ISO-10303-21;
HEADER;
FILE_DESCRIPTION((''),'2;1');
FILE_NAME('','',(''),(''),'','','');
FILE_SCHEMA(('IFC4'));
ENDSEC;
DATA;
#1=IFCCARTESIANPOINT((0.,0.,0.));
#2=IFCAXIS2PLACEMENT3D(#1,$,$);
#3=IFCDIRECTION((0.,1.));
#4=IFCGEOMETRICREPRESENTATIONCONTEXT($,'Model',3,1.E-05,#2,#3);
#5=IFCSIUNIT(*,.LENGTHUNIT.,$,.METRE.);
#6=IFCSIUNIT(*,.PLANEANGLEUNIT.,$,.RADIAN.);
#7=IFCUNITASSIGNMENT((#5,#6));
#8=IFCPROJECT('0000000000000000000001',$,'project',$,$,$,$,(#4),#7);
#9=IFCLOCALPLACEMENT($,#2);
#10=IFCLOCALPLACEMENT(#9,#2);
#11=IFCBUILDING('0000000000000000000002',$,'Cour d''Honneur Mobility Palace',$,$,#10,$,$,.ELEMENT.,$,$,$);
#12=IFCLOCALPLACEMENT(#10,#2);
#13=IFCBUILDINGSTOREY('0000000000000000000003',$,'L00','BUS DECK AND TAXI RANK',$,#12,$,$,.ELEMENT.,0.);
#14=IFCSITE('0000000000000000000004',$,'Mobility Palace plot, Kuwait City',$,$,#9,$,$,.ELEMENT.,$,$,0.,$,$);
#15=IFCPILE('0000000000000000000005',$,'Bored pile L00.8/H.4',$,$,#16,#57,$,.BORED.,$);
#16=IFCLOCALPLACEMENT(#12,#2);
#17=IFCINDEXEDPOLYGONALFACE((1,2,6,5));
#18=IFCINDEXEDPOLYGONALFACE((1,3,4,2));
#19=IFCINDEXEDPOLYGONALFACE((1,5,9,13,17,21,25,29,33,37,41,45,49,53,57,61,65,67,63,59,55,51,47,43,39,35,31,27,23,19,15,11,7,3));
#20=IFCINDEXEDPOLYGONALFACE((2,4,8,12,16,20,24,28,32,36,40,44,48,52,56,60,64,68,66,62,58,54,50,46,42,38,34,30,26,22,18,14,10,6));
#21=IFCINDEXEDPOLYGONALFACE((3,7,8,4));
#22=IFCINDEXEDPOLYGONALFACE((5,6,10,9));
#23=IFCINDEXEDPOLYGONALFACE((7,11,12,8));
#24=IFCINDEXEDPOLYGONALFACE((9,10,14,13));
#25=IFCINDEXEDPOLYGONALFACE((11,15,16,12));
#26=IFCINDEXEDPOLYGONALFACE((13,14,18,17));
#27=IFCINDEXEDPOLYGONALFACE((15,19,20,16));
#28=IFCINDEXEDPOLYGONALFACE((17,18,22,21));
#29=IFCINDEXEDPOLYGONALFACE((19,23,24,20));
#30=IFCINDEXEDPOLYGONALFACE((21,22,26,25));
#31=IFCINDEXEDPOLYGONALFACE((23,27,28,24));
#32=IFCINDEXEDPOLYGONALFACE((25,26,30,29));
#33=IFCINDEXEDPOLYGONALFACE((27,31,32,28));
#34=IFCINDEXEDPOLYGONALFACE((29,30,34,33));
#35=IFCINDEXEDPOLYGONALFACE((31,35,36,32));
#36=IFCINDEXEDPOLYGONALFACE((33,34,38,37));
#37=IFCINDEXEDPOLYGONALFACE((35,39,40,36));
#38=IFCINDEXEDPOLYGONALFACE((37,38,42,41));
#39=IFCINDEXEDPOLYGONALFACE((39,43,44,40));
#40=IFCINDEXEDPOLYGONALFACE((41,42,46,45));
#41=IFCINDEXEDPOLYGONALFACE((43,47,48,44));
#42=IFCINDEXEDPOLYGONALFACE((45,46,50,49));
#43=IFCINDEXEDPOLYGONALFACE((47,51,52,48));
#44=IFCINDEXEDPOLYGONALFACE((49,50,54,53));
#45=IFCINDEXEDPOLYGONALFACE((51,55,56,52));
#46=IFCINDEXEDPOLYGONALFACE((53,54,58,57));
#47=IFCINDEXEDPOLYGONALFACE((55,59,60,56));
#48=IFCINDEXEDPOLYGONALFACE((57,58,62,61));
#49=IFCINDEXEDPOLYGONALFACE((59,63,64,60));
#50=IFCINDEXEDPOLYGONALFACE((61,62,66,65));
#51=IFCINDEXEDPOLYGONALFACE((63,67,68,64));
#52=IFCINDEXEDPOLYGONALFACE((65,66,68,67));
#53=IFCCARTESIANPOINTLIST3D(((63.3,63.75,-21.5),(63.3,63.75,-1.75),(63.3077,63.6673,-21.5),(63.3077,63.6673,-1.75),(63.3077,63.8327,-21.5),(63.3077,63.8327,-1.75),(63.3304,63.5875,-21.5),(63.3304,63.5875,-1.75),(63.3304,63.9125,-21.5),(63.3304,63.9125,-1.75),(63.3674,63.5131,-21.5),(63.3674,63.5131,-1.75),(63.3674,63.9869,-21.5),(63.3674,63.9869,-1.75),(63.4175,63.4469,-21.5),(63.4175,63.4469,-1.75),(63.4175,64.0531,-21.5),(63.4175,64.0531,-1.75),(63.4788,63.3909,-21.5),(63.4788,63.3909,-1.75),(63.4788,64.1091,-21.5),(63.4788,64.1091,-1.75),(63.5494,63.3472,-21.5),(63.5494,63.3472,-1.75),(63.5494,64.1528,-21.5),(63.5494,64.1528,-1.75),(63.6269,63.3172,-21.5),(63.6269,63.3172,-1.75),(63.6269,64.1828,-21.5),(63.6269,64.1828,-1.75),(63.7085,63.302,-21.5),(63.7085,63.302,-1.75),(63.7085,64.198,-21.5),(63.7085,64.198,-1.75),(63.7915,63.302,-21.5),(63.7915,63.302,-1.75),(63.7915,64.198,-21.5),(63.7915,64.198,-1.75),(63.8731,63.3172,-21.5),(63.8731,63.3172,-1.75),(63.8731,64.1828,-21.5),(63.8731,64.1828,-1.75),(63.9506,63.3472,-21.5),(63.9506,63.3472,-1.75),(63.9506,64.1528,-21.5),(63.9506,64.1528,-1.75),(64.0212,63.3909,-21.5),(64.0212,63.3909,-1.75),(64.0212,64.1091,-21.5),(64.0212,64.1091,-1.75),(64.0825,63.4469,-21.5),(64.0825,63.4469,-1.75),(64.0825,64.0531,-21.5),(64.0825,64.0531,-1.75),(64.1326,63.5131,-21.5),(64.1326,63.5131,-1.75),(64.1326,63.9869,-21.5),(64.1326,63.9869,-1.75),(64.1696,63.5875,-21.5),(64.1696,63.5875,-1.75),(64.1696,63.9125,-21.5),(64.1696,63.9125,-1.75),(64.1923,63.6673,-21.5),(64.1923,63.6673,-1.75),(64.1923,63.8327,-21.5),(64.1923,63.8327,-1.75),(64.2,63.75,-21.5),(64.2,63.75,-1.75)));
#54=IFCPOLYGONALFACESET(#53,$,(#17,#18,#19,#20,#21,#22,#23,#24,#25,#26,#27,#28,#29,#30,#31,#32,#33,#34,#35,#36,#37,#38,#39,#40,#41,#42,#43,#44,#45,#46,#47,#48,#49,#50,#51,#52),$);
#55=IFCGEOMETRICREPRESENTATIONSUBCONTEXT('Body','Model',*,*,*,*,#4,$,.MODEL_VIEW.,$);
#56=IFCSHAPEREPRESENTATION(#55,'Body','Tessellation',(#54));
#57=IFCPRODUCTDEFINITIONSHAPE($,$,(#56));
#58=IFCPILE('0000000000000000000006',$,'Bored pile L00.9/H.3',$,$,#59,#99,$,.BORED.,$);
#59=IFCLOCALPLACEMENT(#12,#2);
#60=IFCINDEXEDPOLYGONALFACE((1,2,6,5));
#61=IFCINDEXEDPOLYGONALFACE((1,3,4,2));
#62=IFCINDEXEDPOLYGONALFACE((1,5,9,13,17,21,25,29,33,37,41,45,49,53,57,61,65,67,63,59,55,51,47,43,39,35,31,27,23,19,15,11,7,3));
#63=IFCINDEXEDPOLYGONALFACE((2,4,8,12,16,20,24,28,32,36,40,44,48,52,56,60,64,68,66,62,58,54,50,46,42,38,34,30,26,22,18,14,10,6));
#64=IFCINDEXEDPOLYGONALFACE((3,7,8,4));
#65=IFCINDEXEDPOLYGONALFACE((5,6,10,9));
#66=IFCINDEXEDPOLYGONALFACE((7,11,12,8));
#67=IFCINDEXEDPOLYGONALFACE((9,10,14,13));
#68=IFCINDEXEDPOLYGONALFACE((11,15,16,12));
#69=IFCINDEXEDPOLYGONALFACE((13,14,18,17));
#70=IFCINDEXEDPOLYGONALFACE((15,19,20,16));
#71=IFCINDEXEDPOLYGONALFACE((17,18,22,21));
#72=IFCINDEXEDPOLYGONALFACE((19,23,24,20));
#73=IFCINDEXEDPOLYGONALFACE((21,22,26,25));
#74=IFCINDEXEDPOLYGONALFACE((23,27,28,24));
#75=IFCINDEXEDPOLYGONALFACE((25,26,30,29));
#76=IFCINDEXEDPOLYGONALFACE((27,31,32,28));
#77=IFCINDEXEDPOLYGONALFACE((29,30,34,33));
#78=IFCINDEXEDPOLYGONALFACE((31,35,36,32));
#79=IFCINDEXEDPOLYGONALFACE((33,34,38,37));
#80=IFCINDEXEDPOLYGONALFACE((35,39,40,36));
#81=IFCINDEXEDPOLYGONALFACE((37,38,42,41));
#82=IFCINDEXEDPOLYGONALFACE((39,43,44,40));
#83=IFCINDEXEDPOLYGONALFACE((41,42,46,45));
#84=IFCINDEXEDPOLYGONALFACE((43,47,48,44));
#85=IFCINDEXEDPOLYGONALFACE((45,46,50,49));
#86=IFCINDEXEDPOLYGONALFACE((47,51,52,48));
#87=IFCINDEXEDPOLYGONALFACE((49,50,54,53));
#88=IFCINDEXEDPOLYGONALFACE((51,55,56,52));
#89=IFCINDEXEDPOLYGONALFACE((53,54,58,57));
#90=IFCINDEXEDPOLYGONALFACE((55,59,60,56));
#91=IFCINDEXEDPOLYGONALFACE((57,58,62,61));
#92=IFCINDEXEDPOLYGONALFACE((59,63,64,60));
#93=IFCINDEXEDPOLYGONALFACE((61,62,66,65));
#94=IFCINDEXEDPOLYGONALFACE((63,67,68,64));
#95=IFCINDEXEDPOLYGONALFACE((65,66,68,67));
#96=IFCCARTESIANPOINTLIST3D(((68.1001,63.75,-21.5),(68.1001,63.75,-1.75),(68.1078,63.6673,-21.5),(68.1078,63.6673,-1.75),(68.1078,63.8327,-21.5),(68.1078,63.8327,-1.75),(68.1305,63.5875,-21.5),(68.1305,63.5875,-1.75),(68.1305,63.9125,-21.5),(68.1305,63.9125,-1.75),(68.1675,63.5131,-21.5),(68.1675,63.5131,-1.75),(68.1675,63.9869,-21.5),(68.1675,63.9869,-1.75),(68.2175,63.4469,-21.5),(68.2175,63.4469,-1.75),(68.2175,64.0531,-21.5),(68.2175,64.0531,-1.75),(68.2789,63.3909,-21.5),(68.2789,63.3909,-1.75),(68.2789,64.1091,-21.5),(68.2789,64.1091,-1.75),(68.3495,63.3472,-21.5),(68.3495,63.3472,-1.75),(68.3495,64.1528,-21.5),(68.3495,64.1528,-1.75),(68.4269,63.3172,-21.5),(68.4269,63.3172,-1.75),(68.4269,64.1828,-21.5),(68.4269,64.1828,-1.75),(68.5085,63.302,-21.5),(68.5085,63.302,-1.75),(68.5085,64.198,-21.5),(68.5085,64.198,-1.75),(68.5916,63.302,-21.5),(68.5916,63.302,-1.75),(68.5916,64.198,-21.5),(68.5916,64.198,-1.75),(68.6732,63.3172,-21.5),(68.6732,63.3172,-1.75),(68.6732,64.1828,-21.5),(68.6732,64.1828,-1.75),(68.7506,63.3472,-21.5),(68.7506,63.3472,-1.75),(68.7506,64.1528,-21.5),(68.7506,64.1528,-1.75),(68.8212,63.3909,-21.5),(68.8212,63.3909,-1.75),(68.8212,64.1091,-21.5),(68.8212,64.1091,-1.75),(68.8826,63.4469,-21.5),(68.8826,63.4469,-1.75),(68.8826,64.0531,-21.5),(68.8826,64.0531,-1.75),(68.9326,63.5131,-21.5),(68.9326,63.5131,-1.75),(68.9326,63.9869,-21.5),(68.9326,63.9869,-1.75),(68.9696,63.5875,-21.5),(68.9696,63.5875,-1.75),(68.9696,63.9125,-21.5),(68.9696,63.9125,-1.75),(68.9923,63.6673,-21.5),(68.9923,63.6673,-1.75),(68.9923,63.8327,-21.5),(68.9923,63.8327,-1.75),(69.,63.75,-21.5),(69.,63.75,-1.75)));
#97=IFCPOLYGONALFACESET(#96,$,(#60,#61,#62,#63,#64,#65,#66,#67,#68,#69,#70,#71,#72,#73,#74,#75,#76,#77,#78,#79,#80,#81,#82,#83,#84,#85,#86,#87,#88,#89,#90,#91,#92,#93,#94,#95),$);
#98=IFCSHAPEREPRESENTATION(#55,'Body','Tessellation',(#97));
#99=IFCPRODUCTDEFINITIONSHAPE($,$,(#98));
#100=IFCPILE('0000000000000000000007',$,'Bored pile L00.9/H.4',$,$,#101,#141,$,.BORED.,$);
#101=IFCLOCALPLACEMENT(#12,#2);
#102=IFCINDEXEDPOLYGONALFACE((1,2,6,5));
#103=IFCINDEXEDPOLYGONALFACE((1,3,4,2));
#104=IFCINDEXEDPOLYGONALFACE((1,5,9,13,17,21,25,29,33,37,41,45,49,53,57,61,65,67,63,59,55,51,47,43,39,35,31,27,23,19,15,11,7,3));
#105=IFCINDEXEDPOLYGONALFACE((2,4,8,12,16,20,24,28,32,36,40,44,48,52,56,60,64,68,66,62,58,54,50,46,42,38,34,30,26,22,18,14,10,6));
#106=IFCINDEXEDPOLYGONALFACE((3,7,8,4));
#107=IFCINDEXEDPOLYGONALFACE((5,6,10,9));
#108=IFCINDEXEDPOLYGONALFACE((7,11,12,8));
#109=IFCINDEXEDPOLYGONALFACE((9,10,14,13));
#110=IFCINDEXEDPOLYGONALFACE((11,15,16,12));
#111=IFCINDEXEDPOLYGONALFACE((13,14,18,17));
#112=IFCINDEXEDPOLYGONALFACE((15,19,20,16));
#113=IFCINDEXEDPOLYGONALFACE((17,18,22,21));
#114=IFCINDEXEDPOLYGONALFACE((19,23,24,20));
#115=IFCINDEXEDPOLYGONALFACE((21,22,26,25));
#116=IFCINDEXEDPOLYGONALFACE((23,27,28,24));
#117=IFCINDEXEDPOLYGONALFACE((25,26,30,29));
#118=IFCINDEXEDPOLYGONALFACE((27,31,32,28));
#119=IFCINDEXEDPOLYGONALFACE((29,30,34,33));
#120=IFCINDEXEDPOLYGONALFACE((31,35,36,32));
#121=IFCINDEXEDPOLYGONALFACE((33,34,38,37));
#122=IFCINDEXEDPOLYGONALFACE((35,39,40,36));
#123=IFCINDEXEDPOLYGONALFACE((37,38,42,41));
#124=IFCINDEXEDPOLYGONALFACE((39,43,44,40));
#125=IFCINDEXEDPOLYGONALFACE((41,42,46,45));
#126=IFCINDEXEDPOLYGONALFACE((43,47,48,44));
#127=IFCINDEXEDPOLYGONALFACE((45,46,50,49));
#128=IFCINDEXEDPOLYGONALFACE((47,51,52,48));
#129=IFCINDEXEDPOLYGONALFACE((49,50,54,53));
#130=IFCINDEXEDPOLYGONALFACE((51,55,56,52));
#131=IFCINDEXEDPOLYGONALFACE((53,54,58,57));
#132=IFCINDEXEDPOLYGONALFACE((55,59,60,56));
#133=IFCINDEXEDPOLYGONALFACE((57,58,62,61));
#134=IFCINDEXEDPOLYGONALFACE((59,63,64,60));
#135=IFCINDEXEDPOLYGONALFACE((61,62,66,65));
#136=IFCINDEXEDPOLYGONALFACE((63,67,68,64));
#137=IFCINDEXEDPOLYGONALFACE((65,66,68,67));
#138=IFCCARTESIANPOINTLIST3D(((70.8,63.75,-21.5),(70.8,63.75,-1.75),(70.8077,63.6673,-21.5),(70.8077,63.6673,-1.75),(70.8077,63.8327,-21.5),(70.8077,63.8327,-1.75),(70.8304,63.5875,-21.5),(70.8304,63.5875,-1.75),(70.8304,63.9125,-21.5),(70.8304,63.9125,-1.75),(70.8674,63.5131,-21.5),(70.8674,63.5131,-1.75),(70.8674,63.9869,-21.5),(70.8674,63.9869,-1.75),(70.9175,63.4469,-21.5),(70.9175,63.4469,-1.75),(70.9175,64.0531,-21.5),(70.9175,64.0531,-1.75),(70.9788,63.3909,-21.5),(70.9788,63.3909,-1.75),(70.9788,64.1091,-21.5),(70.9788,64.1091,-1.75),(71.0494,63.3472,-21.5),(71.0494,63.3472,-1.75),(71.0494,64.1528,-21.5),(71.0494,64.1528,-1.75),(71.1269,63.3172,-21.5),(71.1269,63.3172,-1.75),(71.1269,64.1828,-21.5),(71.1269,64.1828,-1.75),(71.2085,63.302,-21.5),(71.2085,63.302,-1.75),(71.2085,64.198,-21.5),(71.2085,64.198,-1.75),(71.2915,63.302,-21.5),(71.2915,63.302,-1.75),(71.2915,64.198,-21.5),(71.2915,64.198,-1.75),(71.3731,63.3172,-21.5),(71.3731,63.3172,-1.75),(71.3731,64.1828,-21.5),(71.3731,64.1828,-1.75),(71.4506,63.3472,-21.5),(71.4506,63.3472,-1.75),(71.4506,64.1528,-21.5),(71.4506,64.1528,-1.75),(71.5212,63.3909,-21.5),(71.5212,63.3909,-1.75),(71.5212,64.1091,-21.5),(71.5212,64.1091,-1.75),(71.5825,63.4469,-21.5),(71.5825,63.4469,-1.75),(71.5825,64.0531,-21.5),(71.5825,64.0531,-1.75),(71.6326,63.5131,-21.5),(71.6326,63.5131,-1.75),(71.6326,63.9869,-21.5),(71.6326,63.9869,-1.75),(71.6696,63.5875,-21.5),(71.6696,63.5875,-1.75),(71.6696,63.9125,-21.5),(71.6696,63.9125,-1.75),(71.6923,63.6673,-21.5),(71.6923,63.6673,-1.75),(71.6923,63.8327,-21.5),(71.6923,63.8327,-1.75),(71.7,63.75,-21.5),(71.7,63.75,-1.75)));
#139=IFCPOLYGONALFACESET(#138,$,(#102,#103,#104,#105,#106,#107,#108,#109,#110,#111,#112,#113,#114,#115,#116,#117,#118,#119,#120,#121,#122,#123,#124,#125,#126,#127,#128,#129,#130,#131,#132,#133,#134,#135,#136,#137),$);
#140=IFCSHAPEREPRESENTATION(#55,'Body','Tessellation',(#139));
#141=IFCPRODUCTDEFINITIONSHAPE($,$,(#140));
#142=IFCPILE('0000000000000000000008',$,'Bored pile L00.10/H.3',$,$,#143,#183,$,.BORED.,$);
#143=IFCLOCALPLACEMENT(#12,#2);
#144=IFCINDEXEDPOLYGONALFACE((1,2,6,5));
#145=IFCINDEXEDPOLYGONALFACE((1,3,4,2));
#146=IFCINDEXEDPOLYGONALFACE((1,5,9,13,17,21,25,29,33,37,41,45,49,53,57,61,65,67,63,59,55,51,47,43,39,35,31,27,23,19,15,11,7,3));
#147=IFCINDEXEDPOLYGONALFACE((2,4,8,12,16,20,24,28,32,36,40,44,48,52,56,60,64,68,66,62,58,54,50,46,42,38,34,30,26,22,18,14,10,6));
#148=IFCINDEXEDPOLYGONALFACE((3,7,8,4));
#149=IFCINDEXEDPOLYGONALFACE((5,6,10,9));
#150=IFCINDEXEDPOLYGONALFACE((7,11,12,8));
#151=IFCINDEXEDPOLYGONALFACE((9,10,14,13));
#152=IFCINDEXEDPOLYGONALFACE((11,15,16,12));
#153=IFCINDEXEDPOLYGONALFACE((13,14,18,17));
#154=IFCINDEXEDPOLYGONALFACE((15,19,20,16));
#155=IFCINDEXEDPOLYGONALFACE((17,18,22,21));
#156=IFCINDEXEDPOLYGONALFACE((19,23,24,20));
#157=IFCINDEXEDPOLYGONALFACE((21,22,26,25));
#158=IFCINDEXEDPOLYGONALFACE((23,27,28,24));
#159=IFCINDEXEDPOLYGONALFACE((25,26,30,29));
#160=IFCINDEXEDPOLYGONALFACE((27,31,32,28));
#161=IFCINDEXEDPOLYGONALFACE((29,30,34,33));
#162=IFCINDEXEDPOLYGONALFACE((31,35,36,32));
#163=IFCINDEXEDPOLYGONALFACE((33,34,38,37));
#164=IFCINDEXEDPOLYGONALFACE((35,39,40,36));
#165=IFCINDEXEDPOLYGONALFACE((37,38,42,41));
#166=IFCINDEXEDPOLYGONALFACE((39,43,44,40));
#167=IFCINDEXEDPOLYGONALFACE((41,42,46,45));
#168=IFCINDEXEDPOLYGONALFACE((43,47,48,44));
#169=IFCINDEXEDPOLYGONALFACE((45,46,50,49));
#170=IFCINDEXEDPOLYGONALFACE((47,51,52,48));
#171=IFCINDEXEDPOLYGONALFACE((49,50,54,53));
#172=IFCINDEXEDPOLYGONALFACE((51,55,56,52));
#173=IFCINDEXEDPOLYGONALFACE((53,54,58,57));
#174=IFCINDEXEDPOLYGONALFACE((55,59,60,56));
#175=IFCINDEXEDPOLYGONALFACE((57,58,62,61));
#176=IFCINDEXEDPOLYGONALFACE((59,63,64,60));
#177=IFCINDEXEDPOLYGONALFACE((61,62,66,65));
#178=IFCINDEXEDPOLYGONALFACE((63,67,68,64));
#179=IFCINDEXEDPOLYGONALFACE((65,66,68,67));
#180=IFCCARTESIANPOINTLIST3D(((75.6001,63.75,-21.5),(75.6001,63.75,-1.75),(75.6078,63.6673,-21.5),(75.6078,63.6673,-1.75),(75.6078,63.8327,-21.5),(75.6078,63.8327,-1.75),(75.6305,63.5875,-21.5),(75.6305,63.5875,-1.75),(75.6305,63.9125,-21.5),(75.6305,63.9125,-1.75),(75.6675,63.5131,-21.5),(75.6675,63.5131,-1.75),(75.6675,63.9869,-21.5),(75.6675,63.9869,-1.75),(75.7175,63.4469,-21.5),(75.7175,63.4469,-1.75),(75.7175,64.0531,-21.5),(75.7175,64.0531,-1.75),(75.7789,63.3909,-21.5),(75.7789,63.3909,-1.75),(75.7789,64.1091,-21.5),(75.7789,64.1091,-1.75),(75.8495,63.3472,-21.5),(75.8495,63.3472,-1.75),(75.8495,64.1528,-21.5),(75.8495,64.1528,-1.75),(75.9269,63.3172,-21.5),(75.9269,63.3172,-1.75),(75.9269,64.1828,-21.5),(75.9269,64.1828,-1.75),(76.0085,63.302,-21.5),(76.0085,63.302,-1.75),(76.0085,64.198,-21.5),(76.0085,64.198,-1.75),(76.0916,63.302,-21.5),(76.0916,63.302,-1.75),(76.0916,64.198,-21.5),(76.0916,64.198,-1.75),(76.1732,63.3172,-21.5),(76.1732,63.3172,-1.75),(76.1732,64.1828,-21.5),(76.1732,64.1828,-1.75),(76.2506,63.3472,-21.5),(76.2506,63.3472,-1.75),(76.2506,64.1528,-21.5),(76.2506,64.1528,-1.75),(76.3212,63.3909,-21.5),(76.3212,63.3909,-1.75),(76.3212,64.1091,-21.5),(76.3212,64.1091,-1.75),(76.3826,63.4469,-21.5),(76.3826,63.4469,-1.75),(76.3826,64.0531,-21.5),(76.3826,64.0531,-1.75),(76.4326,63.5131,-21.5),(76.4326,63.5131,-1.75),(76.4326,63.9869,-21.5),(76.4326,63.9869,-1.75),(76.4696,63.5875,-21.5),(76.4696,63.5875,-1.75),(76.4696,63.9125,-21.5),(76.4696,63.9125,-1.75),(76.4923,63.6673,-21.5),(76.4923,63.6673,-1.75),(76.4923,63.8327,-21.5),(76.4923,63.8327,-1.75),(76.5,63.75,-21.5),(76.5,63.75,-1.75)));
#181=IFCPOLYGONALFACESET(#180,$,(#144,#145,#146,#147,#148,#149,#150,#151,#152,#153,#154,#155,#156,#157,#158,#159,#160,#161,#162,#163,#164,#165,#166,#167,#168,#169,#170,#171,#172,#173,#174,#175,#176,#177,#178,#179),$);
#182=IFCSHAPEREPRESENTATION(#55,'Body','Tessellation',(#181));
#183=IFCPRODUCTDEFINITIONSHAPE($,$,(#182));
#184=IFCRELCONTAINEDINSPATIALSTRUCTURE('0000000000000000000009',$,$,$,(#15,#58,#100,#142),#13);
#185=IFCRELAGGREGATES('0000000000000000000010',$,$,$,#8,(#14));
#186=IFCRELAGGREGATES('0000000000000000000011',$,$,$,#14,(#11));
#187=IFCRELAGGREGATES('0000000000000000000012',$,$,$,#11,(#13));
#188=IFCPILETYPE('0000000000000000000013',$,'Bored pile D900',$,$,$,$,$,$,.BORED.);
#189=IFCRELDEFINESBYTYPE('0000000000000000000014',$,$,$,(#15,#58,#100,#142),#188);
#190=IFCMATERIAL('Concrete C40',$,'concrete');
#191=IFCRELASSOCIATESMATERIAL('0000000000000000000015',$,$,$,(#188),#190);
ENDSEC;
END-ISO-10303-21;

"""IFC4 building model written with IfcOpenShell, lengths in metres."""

from ifc_helpers import new_model, si_unit, direction, frame, origin, origin_2d, place, context, subcontext, project, spatial, circle, extrude, material, material_profile, profile_set, type_object, element, save


model = new_model("IFC4")

# Units and contexts
model_context = context("Model", 3, precision=1e-05, world=origin(), true_north=direction((0.0, 1.0)))
body_context = subcontext(model_context, "Body", "Model", "MODEL_VIEW")
ifc_project = project(units=[si_unit("LENGTHUNIT", "METRE"), si_unit("PLANEANGLEUNIT", "RADIAN")], contexts=[model_context])

# Site, building, storey
site_placement = place(None, origin())
site = spatial("IfcSite", under=ifc_project, at=site_placement, Name="Mobility Palace plot, Kuwait City", CompositionType="ELEMENT", RefElevation=0.0)
building_placement = place(site_placement, origin())
building = spatial("IfcBuilding", under=site, at=building_placement, Name="Cour d'Honneur Mobility Palace", CompositionType="ELEMENT")
storey_placement = place(building_placement, origin())
storey = spatial("IfcBuildingStorey", under=building, at=storey_placement, Name="L00", Description="BUS DECK AND TAXI RANK", CompositionType="ELEMENT", Elevation=0.0)

# Piles
ifc_material_1 = material(Name="Concrete C40", Category="concrete")
ifc_material_profile_1 = material_profile(ifc_material_1, circle(Radius=0.45, at=origin_2d()), Name="Bored pile D900")
ifc_profile_set_1 = profile_set([ifc_material_profile_1], Name="Concrete C40")
pile_type = type_object("IfcPileType", Name="Bored pile D900", PredefinedType="BORED", material=ifc_profile_set_1)
for number, where, z_axis, x_axis, name in (
    (1, (63.75, 63.75, -1.75), (0.0, 0.0, -1.0), (1.0, 0.0, 0.0), "Bored pile L00.8/H.4"),
    (2, (68.55, 63.75, -1.75), (0.0, 0.0, -1.0), (1.0, 0.0, 0.0), "Bored pile L00.9/H.3"),
    (3, (71.25, 63.75, -1.75), (0.0, 0.0, -1.0), (1.0, 0.0, 0.0), "Bored pile L00.9/H.4"),
    (4, (76.05, 63.75, -1.75), (0.0, 0.0, -1.0), (1.0, 0.0, 0.0), "Bored pile L00.10/H.3"),
):
    element("IfcPile", number, at=place(storey_placement, frame(where, z_axis=z_axis, x_axis=x_axis)), inside=storey, type_object=pile_type, Name=name, PredefinedType="BORED", context=body_context, shape_type="SweptSolid", body=[
        extrude(circle(Radius=0.45, at=origin_2d()), origin(), (0.0, 0.0, 1.0), 19.75),
    ])

save(model, "model.ifc")
